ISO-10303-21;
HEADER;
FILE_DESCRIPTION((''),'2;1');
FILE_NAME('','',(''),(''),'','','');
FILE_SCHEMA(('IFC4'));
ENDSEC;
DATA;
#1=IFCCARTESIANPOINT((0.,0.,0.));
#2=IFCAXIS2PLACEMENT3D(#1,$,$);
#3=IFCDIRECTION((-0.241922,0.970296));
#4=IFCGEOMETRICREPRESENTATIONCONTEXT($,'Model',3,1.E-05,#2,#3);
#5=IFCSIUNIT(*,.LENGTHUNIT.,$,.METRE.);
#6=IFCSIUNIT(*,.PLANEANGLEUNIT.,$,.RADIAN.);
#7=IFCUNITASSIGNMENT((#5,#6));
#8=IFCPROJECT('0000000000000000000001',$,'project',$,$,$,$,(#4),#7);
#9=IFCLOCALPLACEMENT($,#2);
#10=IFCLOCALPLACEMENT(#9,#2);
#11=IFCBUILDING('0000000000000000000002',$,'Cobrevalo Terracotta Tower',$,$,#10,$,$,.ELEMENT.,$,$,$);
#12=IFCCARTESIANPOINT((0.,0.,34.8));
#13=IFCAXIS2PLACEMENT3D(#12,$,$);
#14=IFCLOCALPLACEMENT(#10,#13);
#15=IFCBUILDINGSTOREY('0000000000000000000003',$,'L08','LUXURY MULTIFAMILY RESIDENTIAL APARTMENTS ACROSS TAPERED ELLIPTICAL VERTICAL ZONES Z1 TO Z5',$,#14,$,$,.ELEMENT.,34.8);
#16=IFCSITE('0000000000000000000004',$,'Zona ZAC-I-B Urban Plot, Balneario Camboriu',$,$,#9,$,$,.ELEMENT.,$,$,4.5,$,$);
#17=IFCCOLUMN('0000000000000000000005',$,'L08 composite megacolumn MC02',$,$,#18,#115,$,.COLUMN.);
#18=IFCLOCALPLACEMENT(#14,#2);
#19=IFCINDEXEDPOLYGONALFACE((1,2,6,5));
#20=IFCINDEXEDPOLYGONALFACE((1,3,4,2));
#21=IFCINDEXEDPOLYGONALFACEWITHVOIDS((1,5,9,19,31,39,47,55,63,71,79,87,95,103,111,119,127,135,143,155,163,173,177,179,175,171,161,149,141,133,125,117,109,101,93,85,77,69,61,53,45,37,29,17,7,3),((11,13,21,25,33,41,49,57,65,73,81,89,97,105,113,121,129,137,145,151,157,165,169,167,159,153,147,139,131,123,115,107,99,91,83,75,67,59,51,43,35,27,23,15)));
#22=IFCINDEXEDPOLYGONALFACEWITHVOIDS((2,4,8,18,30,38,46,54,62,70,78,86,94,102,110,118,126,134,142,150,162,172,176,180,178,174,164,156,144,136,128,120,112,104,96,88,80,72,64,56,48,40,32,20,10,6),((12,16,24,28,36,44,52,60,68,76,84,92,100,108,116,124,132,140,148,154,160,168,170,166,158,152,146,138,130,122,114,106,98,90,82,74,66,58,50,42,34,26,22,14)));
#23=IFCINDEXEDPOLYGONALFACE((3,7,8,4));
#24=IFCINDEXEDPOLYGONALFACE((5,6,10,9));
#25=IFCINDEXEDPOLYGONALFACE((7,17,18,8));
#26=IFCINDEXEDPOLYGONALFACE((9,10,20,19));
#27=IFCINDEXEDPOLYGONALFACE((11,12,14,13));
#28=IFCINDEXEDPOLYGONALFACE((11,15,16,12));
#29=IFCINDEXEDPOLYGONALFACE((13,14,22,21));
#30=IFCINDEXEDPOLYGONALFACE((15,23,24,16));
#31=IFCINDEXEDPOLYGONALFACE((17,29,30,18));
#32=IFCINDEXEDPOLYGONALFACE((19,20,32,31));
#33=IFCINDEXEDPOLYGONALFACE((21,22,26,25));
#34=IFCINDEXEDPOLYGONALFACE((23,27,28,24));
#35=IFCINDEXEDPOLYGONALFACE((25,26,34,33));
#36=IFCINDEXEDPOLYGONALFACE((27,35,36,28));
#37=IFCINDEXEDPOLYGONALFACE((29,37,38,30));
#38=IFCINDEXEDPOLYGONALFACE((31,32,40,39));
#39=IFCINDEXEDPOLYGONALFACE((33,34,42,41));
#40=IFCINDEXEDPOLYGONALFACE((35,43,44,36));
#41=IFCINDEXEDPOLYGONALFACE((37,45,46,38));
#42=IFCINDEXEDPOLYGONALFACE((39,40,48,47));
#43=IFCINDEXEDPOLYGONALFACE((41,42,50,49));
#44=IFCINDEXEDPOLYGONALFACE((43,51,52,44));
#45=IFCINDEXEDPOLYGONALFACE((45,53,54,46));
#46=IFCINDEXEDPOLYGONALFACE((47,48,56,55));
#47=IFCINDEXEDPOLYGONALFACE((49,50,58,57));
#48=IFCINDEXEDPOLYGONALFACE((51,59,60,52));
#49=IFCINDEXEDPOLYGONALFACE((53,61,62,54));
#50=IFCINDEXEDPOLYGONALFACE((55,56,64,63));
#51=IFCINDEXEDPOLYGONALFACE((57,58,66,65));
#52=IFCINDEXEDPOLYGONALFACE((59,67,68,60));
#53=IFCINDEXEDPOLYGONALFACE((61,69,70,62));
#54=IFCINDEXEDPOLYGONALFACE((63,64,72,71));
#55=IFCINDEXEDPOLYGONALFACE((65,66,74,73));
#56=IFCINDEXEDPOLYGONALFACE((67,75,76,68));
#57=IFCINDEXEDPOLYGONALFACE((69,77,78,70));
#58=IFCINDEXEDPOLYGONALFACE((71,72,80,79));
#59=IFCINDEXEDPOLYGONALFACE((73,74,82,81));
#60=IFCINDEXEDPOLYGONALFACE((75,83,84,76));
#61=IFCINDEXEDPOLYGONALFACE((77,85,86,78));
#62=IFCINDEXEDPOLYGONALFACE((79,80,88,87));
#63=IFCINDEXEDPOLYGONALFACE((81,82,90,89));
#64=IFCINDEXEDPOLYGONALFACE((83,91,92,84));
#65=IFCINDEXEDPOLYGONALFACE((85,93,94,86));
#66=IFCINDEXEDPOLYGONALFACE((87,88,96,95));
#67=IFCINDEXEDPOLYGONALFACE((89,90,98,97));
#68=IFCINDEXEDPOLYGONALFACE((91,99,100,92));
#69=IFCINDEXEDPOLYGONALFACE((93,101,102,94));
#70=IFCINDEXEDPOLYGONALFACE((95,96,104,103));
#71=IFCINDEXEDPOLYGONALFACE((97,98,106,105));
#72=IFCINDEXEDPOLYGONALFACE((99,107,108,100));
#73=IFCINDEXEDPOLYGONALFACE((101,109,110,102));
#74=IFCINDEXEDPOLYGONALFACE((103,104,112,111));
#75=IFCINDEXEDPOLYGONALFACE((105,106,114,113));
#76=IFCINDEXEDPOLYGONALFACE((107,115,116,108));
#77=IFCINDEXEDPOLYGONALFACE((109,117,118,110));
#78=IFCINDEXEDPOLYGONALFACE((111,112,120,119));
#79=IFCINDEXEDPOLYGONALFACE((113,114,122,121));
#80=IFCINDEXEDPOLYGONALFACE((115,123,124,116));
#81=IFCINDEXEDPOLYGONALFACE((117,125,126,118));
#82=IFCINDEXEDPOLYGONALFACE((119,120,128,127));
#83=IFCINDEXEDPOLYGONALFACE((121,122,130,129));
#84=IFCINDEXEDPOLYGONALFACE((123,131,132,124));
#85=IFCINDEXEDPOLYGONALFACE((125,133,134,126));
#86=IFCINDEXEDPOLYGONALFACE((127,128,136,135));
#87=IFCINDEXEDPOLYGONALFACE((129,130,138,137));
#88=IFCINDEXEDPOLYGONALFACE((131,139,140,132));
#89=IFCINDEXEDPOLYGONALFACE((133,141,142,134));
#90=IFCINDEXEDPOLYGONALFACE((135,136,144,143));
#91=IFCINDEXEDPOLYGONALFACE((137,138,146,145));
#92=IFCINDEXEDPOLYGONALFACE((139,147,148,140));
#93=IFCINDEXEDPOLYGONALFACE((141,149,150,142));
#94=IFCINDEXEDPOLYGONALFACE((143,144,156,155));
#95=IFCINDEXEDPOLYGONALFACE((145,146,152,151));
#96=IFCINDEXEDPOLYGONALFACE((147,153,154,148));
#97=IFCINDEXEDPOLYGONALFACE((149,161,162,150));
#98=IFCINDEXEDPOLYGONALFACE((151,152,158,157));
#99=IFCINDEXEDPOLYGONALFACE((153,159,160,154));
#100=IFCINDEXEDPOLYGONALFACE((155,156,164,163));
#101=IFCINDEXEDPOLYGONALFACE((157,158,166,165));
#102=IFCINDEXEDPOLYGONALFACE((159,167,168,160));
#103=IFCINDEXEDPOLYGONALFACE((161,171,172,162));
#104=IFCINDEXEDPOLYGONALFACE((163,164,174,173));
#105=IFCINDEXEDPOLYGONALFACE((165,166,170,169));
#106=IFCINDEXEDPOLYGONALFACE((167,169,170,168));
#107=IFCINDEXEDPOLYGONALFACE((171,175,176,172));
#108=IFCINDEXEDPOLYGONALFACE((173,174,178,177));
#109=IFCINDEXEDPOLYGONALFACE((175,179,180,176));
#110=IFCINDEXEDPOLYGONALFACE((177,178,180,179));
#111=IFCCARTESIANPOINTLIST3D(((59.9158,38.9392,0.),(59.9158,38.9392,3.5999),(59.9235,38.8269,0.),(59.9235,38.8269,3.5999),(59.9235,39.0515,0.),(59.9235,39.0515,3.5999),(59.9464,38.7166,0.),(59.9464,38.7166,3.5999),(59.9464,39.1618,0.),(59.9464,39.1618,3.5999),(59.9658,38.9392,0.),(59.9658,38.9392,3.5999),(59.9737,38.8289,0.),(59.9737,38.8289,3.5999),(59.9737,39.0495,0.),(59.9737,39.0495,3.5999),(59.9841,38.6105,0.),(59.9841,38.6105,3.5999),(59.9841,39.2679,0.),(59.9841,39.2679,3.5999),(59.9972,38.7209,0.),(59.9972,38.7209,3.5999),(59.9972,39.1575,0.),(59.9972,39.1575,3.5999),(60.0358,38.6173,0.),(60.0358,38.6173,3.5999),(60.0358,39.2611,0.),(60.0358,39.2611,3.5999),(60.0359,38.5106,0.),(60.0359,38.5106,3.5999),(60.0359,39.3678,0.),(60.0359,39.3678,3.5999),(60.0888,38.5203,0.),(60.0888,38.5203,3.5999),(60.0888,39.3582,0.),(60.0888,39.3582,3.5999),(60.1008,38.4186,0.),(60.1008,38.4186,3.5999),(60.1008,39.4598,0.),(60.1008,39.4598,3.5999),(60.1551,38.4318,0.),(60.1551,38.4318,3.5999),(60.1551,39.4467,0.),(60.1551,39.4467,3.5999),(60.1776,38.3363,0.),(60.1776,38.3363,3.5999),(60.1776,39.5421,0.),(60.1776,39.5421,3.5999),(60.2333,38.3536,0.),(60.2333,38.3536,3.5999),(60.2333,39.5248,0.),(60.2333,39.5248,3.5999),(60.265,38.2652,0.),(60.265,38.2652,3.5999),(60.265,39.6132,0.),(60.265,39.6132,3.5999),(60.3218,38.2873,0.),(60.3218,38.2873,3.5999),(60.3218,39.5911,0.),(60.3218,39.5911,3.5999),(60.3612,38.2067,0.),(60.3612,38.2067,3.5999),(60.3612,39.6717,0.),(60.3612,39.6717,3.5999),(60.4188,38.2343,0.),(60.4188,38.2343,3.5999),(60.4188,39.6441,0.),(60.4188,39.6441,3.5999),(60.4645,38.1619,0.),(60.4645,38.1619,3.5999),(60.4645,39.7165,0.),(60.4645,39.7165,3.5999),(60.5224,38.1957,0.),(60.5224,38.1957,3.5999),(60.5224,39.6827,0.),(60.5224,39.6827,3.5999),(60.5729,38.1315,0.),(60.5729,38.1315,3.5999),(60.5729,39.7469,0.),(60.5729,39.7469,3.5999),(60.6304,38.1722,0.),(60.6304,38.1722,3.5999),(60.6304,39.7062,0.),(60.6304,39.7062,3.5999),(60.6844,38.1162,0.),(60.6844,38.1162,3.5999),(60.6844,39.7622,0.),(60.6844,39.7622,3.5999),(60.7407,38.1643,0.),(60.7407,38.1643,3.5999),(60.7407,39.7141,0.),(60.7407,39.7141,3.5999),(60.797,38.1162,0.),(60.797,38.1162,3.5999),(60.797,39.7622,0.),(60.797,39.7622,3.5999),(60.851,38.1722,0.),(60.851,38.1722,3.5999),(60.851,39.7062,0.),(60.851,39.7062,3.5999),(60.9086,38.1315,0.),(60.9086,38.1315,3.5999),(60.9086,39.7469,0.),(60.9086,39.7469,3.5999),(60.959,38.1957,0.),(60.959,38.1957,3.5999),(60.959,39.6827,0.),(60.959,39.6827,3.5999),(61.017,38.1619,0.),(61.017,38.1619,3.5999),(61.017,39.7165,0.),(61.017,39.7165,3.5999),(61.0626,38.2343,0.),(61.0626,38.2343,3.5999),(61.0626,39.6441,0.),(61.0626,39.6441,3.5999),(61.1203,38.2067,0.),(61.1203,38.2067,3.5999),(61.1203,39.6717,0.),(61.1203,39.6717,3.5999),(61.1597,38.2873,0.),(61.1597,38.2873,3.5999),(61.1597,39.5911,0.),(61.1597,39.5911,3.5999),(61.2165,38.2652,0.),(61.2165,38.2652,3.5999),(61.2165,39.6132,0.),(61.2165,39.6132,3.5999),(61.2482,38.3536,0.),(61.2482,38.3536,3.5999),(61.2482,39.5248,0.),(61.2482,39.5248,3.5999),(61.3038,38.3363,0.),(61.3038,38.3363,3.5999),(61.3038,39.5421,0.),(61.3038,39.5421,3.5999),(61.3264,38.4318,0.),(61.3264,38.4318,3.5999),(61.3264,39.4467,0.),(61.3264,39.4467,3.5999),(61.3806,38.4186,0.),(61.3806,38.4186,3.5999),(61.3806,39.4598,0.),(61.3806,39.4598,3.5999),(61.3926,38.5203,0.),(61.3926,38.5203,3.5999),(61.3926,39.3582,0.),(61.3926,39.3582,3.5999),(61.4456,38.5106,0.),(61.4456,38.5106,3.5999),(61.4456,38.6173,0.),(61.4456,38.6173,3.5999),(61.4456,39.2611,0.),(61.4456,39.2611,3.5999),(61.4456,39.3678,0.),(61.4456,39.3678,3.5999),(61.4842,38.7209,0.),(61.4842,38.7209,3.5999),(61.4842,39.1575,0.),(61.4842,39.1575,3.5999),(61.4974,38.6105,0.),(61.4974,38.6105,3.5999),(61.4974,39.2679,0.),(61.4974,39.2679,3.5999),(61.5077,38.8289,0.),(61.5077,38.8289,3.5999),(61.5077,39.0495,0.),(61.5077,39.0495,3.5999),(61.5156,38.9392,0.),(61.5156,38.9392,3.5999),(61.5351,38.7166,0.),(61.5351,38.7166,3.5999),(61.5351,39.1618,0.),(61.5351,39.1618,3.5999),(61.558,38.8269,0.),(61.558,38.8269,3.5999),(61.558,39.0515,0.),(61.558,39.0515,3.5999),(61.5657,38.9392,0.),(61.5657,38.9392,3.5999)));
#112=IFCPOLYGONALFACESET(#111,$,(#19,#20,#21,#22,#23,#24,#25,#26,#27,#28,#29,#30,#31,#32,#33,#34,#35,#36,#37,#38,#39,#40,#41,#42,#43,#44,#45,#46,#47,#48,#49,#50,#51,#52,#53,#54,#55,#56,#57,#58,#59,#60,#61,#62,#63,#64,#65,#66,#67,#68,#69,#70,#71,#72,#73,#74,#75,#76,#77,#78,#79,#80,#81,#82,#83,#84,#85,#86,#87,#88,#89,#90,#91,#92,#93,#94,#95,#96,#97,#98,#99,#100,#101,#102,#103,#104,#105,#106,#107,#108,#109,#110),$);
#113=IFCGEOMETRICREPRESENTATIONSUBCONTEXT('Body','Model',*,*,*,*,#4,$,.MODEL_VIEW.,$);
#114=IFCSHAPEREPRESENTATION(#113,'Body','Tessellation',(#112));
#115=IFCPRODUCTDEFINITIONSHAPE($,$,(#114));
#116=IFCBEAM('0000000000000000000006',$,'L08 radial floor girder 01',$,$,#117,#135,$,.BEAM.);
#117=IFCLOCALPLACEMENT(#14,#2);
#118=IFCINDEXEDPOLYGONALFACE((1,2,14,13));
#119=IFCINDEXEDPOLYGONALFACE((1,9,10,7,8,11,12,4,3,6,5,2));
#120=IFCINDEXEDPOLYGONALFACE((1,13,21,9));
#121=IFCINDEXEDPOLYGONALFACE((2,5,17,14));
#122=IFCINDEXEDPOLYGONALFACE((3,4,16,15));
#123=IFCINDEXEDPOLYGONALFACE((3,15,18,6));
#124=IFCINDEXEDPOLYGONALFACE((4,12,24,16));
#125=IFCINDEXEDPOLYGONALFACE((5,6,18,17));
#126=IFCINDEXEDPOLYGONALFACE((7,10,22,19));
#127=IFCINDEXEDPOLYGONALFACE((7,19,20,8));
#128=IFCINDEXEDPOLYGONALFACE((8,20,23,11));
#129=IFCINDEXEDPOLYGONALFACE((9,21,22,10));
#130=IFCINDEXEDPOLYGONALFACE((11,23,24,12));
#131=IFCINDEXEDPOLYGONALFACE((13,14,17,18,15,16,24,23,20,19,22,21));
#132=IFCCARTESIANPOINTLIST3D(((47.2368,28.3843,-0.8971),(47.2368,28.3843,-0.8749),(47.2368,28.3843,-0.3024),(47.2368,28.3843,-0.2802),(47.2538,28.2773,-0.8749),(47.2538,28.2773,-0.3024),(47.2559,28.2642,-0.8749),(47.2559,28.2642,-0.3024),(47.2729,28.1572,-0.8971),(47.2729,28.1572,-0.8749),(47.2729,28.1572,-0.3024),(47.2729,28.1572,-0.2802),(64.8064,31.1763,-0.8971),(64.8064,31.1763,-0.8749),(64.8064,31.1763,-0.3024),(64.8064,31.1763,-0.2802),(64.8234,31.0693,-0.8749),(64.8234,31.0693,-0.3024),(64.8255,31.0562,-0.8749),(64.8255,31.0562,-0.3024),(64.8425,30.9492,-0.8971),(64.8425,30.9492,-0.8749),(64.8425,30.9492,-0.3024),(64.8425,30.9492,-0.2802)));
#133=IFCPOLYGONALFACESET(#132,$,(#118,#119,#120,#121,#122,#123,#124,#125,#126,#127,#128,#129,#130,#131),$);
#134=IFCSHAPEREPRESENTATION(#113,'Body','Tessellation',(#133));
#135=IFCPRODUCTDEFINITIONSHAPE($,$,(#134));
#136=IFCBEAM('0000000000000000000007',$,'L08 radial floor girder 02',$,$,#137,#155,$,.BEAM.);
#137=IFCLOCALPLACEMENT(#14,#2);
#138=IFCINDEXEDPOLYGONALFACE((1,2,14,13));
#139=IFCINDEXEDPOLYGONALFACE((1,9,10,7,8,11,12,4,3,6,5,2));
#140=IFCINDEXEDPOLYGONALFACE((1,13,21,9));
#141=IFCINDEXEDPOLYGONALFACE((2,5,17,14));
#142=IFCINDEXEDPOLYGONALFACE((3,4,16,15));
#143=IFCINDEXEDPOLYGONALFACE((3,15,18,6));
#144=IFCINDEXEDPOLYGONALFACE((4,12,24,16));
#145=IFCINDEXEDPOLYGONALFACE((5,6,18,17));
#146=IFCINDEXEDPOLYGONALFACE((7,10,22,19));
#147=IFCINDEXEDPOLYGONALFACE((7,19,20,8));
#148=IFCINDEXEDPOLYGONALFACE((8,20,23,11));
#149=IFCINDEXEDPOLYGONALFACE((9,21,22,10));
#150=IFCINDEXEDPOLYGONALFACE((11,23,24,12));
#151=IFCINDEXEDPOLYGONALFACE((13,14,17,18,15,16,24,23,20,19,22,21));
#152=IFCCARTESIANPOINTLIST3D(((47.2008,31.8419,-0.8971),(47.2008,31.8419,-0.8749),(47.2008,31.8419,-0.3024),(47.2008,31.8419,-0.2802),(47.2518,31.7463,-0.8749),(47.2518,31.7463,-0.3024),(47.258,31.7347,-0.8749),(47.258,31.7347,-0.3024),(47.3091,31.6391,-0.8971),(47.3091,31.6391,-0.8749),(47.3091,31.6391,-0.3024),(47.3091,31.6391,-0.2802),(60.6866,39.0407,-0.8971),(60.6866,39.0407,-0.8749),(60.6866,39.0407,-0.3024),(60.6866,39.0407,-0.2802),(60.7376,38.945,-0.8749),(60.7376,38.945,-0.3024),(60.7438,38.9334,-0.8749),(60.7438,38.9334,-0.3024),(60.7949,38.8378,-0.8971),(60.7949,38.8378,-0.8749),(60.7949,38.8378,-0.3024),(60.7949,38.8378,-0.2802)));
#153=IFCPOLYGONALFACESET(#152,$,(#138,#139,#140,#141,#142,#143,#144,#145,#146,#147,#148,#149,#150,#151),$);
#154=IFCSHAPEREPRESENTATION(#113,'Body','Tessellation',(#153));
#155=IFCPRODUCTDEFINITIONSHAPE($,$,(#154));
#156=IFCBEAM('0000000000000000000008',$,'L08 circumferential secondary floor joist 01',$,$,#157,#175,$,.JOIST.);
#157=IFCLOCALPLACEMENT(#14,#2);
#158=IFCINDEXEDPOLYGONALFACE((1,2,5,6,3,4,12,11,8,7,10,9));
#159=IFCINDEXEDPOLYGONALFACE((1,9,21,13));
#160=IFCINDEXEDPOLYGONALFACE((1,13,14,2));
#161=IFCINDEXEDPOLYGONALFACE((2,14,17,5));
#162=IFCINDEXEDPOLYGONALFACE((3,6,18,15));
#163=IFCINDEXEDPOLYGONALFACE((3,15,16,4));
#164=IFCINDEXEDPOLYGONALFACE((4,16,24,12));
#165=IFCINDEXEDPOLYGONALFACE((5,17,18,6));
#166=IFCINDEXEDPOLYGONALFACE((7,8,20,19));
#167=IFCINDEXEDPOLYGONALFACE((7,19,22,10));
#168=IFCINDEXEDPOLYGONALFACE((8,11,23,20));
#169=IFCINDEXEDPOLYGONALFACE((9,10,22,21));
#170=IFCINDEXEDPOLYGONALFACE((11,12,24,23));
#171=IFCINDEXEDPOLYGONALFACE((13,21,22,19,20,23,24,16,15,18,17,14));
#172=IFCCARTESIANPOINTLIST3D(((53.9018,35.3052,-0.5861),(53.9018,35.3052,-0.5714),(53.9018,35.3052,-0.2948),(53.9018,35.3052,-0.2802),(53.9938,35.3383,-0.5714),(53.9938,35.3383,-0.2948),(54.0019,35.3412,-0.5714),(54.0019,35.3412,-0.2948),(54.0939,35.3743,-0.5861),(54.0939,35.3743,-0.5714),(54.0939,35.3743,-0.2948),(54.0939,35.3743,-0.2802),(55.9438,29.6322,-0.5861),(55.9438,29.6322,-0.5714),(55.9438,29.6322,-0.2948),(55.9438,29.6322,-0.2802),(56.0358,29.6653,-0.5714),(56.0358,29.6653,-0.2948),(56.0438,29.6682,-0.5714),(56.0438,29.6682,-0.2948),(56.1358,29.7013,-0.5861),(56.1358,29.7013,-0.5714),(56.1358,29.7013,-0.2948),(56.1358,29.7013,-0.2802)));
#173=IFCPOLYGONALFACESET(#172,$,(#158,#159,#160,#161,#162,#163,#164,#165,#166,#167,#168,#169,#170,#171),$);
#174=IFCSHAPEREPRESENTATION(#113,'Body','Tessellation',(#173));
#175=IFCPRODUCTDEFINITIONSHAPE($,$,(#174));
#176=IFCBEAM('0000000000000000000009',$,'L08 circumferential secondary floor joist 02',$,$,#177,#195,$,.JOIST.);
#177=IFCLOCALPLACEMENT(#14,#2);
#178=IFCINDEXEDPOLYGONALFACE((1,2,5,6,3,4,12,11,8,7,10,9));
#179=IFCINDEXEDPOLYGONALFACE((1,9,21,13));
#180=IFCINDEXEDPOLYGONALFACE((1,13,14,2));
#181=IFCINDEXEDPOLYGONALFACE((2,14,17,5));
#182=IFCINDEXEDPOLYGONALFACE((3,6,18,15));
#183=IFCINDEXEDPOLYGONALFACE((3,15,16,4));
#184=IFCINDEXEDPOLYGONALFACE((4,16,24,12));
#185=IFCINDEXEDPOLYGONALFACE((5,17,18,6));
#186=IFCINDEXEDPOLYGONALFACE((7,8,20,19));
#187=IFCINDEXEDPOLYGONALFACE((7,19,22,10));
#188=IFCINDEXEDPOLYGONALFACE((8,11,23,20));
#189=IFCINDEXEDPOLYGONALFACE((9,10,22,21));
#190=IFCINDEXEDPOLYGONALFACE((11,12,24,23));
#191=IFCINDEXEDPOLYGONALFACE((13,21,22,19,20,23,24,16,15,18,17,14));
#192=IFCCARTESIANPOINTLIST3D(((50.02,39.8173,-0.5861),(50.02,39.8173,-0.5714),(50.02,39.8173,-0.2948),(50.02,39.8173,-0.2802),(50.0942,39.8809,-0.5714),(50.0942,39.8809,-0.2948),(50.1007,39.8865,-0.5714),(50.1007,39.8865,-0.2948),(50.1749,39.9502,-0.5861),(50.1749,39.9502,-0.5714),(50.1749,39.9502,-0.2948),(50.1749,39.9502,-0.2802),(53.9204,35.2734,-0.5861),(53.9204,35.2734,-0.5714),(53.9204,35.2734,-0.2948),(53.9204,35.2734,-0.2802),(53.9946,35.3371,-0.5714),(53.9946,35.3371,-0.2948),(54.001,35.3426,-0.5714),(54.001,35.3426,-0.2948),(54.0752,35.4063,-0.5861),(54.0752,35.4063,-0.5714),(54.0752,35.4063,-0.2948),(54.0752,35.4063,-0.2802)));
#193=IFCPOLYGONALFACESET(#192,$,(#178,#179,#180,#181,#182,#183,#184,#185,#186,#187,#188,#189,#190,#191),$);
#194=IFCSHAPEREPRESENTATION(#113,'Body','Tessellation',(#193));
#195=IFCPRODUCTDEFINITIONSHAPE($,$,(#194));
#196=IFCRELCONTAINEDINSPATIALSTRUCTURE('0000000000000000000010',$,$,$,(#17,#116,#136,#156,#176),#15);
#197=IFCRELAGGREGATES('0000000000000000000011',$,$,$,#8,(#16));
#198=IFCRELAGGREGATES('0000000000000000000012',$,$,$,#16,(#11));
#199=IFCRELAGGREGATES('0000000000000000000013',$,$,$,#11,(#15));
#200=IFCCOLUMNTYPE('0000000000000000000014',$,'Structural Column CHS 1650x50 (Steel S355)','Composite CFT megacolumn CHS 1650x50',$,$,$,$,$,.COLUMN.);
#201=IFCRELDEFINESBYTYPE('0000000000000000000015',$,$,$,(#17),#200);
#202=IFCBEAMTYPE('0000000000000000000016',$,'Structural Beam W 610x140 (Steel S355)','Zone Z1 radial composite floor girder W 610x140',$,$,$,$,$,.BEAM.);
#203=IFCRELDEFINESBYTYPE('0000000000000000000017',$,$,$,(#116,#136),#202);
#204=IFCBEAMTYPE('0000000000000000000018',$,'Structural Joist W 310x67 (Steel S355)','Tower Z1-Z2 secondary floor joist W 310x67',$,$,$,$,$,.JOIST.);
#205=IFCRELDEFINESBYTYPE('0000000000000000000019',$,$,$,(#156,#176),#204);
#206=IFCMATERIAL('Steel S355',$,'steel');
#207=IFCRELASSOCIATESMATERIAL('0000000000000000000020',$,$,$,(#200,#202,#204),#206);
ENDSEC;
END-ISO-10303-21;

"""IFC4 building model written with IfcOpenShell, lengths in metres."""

from ifc_helpers import new_model, si_unit, direction, frame, origin, origin_2d, place, context, subcontext, project, spatial, hollow_circle, i_section, extrude, material, material_profile, profile_set, type_object, element, save


model = new_model("IFC4")

# Units and contexts
model_context = context("Model", 3, precision=1e-05, world=origin(), true_north=direction((-0.241922, 0.970296)))
body_context = subcontext(model_context, "Body", "Model", "MODEL_VIEW")
ifc_project = project(units=[si_unit("LENGTHUNIT", "METRE"), si_unit("PLANEANGLEUNIT", "RADIAN")], contexts=[model_context])

# Site, building, storey
site_placement = place(None, origin())
site = spatial("IfcSite", under=ifc_project, at=site_placement, Name="Zona ZAC-I-B Urban Plot, Balneario Camboriu", CompositionType="ELEMENT", RefElevation=4.5)
building_placement = place(site_placement, origin())
building = spatial("IfcBuilding", under=site, at=building_placement, Name="Cobrevalo Terracotta Tower", CompositionType="ELEMENT")
storey_placement = place(building_placement, frame((0.0, 0.0, 34.8)))
storey = spatial("IfcBuildingStorey", under=building, at=storey_placement, Name="L08", Description="LUXURY MULTIFAMILY RESIDENTIAL APARTMENTS ACROSS TAPERED ELLIPTICAL VERTICAL ZONES Z1 TO Z5", CompositionType="ELEMENT", Elevation=34.8)

# Column
ifc_material_1 = material(Name="Steel S355", Category="steel")
ifc_material_profile_1 = material_profile(ifc_material_1, hollow_circle(Radius=0.825, WallThickness=0.05, at=origin_2d()), Name="CHS 1650x50")
ifc_profile_set_1 = profile_set([ifc_material_profile_1], Name="Steel S355")
column_type = type_object("IfcColumnType", Name="Structural Column CHS 1650x50 (Steel S355)", Description="Composite CFT megacolumn CHS 1650x50", PredefinedType="COLUMN", material=ifc_profile_set_1)
for number, where, z_axis, x_axis, name in (
    (1, (60.7407, 38.9392, 0.0), (0.0, 0.0, 1.0), (1.0, 0.0, 0.0), "L08 composite megacolumn MC02"),
):
    element("IfcColumn", number, at=place(storey_placement, frame(where, z_axis=z_axis, x_axis=x_axis)), inside=storey, type_object=column_type, Name=name, PredefinedType="COLUMN", context=body_context, shape_type="SweptSolid", body=[
        extrude(hollow_circle(Radius=0.825, WallThickness=0.05, at=origin_2d()), origin(), (0.0, 0.0, 1.0), 3.5999),
    ])

# Beams
ifc_material_profile_2 = material_profile(ifc_material_1, i_section(OverallWidth=0.23, OverallDepth=0.6169, WebThickness=0.0132, FlangeThickness=0.0222, at=origin_2d()), Name="W 610x140")
ifc_profile_set_2 = profile_set([ifc_material_profile_2], Name="Steel S355")
beam_type_1 = type_object("IfcBeamType", Name="Structural Beam W 610x140 (Steel S355)", Description="Zone Z1 radial composite floor girder W 610x140", PredefinedType="BEAM", material=ifc_profile_set_2)
beam_1_placement = place(storey_placement, frame((64.8245, 31.0627, -0.5886), z_axis=(-0.987608, -0.156941, 0.0), x_axis=(0.156941, -0.987608, 0.0)))
element("IfcBeam", 2, at=beam_1_placement, inside=storey, type_object=beam_type_1, Name="L08 radial floor girder 01", PredefinedType="BEAM", context=body_context, shape_type="SweptSolid", body=[
    extrude(i_section(OverallWidth=0.23, OverallDepth=0.6169, WebThickness=0.0132, FlangeThickness=0.0222, at=origin_2d()), origin(), (0.0, 0.0, 1.0), 17.79),
])
beam_2_placement = place(storey_placement, frame((60.7407, 38.9392, -0.5886), z_axis=(-0.882182, -0.470908, 0.0), x_axis=(0.470908, -0.882182, 0.0)))
element("IfcBeam", 3, at=beam_2_placement, inside=storey, type_object=beam_type_1, Name="L08 radial floor girder 02", PredefinedType="BEAM", context=body_context, shape_type="SweptSolid", body=[
    extrude(i_section(OverallWidth=0.23, OverallDepth=0.6169, WebThickness=0.0132, FlangeThickness=0.0222, at=origin_2d()), origin(), (0.0, 0.0, 1.0), 15.2869),
])
ifc_material_profile_3 = material_profile(ifc_material_1, i_section(OverallWidth=0.2041, OverallDepth=0.3059, WebThickness=0.0085, FlangeThickness=0.0146, at=origin_2d()), Name="W 310x67")
ifc_profile_set_3 = profile_set([ifc_material_profile_3], Name="Steel S355")
beam_type_2 = type_object("IfcBeamType", Name="Structural Joist W 310x67 (Steel S355)", Description="Tower Z1-Z2 secondary floor joist W 310x67", PredefinedType="JOIST", material=ifc_profile_set_3)
beam_3_placement = place(storey_placement, frame((56.0398, 29.6667, -0.4331), z_axis=(-0.338672, 0.940904, 0.0), x_axis=(-0.940904, -0.338672, 0.0)))
element("IfcBeam", 4, at=beam_3_placement, inside=storey, type_object=beam_type_2, Name="L08 circumferential secondary floor joist 01", PredefinedType="JOIST", context=body_context, shape_type="SweptSolid", body=[
    extrude(i_section(OverallWidth=0.2041, OverallDepth=0.3059, WebThickness=0.0085, FlangeThickness=0.0146, at=origin_2d()), origin(), (0.0, 0.0, 1.0), 6.0293),
])
beam_4_placement = place(storey_placement, frame((53.9978, 35.3398, -0.4331), z_axis=(-0.651328, 0.758796, 0.0), x_axis=(-0.758796, -0.651328, 0.0)))
element("IfcBeam", 5, at=beam_4_placement, inside=storey, type_object=beam_type_2, Name="L08 circumferential secondary floor joist 02", PredefinedType="JOIST", context=body_context, shape_type="SweptSolid", body=[
    extrude(i_section(OverallWidth=0.2041, OverallDepth=0.3059, WebThickness=0.0085, FlangeThickness=0.0146, at=origin_2d()), origin(), (0.0, 0.0, 1.0), 5.9883),
])

save(model, "model.ifc")
